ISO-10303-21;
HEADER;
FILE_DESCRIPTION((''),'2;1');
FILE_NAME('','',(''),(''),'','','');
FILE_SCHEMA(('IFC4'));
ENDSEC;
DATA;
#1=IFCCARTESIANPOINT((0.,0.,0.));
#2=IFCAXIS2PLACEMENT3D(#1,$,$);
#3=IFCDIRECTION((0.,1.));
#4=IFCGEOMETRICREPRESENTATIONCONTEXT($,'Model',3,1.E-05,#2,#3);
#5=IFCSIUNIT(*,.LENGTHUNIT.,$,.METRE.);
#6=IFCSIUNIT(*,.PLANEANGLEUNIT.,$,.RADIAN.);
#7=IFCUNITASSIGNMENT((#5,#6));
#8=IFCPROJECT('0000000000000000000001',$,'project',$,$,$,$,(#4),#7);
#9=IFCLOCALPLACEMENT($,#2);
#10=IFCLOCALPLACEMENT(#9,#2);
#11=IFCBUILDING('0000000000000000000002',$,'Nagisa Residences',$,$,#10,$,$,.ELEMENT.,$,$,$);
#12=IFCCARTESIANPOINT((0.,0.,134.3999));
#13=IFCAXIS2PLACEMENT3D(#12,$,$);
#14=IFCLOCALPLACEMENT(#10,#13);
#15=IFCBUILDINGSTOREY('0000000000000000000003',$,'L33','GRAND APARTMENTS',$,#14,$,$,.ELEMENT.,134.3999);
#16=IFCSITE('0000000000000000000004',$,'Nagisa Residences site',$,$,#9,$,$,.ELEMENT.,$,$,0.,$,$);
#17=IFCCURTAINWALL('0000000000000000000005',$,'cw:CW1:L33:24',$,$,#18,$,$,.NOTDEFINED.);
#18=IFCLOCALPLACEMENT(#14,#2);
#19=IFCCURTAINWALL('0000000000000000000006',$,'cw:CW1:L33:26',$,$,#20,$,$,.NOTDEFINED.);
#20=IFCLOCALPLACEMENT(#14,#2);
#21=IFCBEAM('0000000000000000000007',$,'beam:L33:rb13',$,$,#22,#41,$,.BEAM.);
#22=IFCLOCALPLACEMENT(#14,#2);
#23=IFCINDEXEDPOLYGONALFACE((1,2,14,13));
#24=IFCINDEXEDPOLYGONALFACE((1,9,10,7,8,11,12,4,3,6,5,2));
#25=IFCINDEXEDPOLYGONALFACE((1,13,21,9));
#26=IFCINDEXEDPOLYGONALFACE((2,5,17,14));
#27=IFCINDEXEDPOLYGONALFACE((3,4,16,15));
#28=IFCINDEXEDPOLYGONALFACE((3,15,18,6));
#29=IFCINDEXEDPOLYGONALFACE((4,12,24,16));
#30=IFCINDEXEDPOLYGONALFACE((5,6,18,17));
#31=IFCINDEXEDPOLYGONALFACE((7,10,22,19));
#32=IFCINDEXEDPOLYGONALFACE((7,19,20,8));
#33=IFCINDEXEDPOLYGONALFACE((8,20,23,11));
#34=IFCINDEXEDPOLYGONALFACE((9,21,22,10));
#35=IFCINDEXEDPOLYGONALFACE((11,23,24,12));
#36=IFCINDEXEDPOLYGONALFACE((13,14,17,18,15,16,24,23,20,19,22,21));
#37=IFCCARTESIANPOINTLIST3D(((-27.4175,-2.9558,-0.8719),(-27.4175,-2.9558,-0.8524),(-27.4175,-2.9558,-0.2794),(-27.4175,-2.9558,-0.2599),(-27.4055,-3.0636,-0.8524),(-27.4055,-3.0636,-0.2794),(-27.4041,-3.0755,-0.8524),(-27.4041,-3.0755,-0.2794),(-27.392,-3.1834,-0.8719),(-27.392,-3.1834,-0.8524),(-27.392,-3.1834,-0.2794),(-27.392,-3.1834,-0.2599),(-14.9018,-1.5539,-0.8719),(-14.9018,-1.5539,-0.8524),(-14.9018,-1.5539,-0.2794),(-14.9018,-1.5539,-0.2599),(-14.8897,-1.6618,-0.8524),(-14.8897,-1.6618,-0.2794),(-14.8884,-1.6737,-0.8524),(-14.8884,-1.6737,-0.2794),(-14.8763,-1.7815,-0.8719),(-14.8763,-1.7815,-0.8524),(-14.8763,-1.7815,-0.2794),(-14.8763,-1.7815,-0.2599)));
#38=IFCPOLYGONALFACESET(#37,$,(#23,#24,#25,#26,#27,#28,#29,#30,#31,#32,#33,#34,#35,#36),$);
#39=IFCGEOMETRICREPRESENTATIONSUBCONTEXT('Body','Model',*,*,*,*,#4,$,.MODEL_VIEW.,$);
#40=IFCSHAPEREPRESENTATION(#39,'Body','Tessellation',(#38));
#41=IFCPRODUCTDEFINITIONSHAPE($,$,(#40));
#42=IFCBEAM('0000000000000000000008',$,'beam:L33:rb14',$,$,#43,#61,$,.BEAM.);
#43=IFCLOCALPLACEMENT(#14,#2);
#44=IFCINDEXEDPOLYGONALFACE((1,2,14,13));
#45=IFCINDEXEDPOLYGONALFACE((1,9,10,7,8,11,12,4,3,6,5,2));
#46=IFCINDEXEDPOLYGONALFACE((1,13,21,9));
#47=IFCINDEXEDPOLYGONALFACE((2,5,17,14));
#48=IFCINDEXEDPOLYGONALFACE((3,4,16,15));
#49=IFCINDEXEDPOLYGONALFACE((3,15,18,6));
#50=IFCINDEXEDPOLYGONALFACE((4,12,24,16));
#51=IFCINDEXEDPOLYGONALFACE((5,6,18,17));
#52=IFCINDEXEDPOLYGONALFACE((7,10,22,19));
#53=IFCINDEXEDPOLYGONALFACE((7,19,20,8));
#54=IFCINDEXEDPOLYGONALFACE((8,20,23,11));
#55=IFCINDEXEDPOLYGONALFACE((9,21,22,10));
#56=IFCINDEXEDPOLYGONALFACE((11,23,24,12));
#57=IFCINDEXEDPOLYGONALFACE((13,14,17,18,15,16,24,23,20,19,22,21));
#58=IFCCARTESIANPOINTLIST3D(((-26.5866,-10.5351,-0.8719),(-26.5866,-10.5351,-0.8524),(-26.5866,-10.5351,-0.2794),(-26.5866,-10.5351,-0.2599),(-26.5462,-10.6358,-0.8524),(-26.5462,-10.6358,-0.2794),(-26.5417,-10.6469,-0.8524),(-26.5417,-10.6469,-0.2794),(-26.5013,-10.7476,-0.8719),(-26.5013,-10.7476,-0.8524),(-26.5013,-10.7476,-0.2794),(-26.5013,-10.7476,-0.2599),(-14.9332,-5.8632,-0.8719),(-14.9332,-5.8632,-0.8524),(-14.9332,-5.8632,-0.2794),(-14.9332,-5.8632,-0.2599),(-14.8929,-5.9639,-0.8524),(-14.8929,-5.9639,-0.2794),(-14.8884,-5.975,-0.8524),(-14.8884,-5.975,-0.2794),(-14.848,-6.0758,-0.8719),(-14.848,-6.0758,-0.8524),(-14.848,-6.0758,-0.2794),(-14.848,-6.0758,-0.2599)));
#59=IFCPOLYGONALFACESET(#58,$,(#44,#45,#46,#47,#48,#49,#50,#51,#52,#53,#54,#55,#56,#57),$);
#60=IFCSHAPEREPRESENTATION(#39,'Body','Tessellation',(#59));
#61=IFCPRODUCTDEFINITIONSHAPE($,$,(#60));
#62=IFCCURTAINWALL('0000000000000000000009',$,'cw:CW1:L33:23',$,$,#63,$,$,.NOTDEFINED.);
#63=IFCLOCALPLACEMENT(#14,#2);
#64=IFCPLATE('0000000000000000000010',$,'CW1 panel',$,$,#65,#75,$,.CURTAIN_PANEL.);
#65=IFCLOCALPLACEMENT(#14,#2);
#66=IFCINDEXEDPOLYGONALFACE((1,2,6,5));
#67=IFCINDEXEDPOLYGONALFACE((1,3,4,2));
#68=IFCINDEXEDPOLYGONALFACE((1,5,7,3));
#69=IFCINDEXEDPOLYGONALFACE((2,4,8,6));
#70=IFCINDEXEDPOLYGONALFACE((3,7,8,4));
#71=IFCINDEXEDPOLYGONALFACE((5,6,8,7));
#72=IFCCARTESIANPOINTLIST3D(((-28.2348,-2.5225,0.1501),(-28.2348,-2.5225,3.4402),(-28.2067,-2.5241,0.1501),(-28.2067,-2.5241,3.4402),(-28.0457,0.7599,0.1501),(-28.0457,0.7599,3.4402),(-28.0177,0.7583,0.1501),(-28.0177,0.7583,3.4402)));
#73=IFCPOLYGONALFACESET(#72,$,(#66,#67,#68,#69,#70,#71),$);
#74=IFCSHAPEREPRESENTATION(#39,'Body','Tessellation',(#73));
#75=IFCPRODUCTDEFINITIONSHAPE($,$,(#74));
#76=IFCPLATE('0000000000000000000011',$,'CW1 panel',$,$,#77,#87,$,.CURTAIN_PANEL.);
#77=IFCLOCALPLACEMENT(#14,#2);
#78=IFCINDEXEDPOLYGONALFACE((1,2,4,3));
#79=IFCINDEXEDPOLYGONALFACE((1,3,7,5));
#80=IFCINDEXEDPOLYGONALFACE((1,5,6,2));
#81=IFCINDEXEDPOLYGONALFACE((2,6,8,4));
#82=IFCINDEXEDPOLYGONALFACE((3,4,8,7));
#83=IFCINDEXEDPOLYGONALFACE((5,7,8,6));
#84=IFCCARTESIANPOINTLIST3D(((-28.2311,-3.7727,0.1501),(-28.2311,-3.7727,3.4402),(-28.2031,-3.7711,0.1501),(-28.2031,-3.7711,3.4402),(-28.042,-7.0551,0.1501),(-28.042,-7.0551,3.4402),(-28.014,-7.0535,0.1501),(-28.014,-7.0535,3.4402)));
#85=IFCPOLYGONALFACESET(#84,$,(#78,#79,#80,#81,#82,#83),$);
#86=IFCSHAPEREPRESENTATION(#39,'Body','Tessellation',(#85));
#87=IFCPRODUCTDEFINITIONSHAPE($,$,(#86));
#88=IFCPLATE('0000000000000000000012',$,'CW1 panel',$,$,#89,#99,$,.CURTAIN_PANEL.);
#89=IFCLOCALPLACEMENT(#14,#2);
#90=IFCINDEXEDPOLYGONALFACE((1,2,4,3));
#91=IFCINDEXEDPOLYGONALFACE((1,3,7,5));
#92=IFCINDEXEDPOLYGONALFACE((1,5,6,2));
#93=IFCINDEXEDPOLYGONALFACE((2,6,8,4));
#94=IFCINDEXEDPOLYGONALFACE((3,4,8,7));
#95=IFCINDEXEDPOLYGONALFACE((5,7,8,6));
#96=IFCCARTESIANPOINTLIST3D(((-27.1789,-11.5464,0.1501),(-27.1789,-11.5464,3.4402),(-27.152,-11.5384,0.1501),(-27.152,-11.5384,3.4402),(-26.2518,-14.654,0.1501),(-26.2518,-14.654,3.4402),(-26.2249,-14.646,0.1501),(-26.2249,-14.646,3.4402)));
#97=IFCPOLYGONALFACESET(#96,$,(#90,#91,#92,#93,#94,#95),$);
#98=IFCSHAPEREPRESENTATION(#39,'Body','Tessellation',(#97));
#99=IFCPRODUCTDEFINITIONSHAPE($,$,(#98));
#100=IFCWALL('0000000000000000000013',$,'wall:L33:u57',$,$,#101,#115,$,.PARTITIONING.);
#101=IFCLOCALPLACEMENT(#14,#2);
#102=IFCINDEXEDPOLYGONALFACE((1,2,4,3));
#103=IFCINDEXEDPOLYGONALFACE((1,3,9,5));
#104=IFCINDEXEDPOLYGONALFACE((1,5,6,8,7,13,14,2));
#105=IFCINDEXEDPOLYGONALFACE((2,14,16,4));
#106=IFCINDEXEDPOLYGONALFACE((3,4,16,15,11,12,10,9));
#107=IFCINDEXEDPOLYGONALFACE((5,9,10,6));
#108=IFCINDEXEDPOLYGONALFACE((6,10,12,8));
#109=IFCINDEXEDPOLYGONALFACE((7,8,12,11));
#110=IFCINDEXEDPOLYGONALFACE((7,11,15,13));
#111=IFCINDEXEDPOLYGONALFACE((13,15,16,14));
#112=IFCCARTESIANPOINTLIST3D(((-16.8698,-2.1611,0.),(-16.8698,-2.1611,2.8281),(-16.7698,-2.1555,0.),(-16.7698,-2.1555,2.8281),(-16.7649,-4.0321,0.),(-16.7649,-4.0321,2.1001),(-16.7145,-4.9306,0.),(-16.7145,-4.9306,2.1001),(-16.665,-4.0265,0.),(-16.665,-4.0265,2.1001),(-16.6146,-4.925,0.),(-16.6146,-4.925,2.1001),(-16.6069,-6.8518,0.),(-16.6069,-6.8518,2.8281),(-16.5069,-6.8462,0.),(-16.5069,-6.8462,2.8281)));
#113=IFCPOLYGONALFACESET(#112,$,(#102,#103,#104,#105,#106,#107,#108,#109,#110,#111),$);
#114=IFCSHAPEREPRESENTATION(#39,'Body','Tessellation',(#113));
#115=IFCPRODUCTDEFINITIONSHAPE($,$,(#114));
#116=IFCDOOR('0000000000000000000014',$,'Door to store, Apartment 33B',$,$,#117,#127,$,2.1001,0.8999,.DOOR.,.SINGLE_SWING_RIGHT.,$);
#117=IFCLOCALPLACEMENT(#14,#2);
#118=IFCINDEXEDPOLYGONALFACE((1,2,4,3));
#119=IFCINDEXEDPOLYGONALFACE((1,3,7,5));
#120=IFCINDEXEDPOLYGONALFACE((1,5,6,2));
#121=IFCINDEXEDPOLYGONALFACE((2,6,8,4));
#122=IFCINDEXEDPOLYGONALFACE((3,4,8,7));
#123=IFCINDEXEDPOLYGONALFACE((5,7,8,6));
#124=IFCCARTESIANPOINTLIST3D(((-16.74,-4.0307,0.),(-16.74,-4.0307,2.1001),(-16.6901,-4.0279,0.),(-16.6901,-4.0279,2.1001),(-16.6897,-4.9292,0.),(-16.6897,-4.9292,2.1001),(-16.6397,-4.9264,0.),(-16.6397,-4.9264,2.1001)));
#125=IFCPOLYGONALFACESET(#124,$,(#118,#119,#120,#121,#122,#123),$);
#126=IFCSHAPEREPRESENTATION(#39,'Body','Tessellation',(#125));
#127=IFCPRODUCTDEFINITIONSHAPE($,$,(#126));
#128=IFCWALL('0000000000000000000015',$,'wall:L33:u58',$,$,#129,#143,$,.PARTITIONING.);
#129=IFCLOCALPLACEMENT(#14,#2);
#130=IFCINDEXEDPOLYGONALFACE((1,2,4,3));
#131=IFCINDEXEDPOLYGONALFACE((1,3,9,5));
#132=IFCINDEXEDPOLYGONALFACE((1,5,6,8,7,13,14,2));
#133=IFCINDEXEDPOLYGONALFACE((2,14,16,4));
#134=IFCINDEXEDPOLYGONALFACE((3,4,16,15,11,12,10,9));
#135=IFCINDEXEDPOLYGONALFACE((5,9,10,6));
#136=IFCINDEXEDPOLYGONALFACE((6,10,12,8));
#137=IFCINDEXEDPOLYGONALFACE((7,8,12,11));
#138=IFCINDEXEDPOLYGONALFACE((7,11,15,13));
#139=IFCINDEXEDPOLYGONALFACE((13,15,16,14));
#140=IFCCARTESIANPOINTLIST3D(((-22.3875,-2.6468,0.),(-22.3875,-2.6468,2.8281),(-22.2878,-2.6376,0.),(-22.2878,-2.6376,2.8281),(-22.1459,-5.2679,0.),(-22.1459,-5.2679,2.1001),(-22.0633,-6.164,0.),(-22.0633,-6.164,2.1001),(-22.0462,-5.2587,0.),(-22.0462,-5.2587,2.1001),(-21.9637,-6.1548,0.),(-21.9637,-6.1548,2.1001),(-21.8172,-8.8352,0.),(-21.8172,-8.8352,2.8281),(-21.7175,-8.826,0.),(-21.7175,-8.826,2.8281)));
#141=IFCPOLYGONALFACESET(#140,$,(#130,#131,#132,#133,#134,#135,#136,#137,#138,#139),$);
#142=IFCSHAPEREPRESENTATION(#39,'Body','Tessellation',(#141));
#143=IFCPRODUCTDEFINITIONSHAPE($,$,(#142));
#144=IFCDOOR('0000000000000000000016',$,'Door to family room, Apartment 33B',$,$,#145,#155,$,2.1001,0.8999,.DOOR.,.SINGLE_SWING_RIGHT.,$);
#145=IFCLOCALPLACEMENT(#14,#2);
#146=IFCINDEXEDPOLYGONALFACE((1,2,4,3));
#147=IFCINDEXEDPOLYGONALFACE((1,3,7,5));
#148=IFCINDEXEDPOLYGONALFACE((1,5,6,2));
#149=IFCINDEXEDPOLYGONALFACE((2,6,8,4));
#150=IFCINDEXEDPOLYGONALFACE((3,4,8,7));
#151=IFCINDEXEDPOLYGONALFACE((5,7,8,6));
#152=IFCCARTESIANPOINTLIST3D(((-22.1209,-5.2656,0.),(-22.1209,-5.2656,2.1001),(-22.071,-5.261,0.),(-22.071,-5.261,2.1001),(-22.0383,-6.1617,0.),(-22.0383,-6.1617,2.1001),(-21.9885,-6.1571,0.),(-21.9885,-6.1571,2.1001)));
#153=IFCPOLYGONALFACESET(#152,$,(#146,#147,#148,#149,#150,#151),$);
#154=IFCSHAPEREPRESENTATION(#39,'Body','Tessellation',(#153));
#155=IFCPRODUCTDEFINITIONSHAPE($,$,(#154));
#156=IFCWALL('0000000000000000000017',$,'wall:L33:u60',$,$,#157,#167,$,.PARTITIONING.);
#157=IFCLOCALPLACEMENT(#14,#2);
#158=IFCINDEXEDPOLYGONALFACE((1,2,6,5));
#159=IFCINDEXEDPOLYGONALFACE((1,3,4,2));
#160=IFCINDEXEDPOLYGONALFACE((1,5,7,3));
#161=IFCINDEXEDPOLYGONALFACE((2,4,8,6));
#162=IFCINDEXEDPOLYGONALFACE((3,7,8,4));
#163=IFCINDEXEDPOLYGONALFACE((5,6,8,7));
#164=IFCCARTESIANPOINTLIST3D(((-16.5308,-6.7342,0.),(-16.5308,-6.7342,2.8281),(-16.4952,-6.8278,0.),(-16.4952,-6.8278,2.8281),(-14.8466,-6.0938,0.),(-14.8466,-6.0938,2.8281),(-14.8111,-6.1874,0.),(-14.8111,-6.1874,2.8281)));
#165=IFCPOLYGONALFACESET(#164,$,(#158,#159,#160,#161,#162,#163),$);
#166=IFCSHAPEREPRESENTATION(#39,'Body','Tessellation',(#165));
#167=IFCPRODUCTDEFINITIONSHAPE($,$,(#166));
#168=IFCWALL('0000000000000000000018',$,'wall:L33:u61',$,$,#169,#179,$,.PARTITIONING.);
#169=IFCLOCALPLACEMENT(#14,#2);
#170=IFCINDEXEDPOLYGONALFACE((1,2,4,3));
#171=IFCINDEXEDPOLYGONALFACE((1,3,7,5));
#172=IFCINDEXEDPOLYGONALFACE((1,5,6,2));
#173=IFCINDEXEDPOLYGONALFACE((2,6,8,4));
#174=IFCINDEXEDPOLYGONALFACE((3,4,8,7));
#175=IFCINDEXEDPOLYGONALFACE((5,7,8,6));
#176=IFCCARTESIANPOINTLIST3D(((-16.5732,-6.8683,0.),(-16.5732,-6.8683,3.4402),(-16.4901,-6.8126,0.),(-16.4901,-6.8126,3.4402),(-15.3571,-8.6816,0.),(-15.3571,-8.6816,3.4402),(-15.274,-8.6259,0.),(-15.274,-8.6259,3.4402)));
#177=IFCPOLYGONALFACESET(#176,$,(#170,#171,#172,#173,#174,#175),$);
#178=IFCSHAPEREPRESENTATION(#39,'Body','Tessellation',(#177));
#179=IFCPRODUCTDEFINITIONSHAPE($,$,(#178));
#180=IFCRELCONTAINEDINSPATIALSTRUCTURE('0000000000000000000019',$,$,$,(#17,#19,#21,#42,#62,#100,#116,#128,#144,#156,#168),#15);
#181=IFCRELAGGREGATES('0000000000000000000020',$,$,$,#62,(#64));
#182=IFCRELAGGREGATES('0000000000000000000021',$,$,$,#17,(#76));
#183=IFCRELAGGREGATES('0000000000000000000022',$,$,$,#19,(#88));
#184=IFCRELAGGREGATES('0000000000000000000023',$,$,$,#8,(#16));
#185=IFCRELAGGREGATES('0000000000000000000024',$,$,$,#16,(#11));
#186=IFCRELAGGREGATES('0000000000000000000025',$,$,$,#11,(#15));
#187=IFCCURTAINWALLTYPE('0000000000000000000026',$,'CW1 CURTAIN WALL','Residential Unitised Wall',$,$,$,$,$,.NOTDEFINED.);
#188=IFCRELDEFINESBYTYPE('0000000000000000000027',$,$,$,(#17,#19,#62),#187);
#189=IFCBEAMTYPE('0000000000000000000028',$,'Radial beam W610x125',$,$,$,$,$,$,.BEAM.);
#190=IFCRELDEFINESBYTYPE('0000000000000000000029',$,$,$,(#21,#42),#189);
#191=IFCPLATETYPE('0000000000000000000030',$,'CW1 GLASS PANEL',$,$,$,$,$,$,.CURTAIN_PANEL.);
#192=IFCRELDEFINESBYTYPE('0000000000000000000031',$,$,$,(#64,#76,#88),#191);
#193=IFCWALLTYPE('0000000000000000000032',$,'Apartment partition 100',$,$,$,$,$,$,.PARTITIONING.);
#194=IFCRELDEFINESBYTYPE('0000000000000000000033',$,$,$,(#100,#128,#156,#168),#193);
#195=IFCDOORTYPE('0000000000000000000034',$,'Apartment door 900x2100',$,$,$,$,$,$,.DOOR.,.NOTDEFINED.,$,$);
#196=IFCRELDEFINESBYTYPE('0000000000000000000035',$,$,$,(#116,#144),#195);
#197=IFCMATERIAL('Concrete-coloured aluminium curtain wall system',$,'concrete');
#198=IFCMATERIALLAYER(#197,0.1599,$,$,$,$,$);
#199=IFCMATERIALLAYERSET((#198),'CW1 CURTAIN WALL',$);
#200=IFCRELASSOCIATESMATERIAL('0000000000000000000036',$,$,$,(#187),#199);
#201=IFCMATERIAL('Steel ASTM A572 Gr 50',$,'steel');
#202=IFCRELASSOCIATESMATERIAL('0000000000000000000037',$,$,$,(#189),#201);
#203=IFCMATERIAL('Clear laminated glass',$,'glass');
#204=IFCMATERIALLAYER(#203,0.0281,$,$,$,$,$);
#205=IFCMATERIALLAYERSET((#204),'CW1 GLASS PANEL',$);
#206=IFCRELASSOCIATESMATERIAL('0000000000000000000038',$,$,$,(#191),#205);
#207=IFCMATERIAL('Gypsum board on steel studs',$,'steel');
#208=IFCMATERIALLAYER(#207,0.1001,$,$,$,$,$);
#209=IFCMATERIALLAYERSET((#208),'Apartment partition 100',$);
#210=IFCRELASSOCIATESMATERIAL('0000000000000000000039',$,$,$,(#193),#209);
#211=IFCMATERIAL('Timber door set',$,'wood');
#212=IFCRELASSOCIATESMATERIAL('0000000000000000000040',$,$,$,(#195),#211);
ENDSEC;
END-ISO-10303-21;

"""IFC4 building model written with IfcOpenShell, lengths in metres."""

from ifc_helpers import new_model, si_unit, direction, frame, frame_2d, origin, origin_2d, place, context, subcontext, project, spatial, rectangle, i_section, extrude, material, layer, layer_set, material_profile, profile_set, type_object, element, fill, aggregate, save


model = new_model("IFC4")

# Units and contexts
model_context = context("Model", 3, precision=1e-05, world=origin(), true_north=direction((0.0, 1.0)))
body_context = subcontext(model_context, "Body", "Model", "MODEL_VIEW")
ifc_project = project(units=[si_unit("LENGTHUNIT", "METRE"), si_unit("PLANEANGLEUNIT", "RADIAN")], contexts=[model_context])

# Site, building, storey
site_placement = place(None, origin())
site = spatial("IfcSite", under=ifc_project, at=site_placement, Name="Nagisa Residences site", CompositionType="ELEMENT", RefElevation=0.0)
building_placement = place(site_placement, origin())
building = spatial("IfcBuilding", under=site, at=building_placement, Name="Nagisa Residences", CompositionType="ELEMENT")
storey_placement = place(building_placement, frame((0.0, 0.0, 134.3999)))
storey = spatial("IfcBuildingStorey", under=building, at=storey_placement, Name="L33", Description="GRAND APARTMENTS", CompositionType="ELEMENT", Elevation=134.3999)

# Curtain walls
ifc_material_1 = material(Name="Concrete-coloured aluminium curtain wall system", Category="concrete")
ifc_layer_1 = layer(ifc_material_1, 0.1599)
ifc_layer_set_1 = layer_set([ifc_layer_1], Name="CW1 CURTAIN WALL")
curtain_wall_type = type_object("IfcCurtainWallType", Name="CW1 CURTAIN WALL", Description="Residential Unitised Wall", PredefinedType="NOTDEFINED", material=ifc_layer_set_1)
curtain_wall_1_placement = place(storey_placement, origin())
curtain_wall_1 = element("IfcCurtainWall", 1, at=curtain_wall_1_placement, inside=storey, type_object=curtain_wall_type, Name="cw:CW1:L33:24", PredefinedType="NOTDEFINED")
curtain_wall_2_placement = place(storey_placement, origin())
curtain_wall_2 = element("IfcCurtainWall", 2, at=curtain_wall_2_placement, inside=storey, type_object=curtain_wall_type, Name="cw:CW1:L33:26", PredefinedType="NOTDEFINED")

# Beams
ifc_material_2 = material(Name="Steel ASTM A572 Gr 50", Category="steel")
ifc_material_profile_1 = material_profile(ifc_material_2, i_section(OverallWidth=0.229, OverallDepth=0.6121, WebThickness=0.012, FlangeThickness=0.0195, at=origin_2d()), Name="W610x125")
ifc_profile_set_1 = profile_set([ifc_material_profile_1], Name="Steel ASTM A572 Gr 50")
beam_type_1 = type_object("IfcBeamType", Name="Radial beam W610x125", PredefinedType="BEAM", material=ifc_profile_set_1)
beam_1_placement = place(storey_placement, frame((-27.4048, -3.0696, -0.5659), z_axis=(0.993785, 0.111312, 0.0), x_axis=(-0.111312, 0.993785, 0.0)))
element("IfcBeam", 3, at=beam_1_placement, inside=storey, type_object=beam_type_1, Name="beam:L33:rb13", PredefinedType="BEAM", context=body_context, shape_type="SweptSolid", body=[
    extrude(i_section(OverallWidth=0.229, OverallDepth=0.6121, WebThickness=0.012, FlangeThickness=0.0195, at=origin_2d()), origin(), (0.0, 0.0, 1.0), 12.594),
])
beam_2_placement = place(storey_placement, frame((-26.5439, -10.6414, -0.5659), z_axis=(0.928187, 0.372115, 0.0), x_axis=(-0.372115, 0.928187, 0.0)))
element("IfcBeam", 4, at=beam_2_placement, inside=storey, type_object=beam_type_1, Name="beam:L33:rb14", PredefinedType="BEAM", context=body_context, shape_type="SweptSolid", body=[
    extrude(i_section(OverallWidth=0.229, OverallDepth=0.6121, WebThickness=0.012, FlangeThickness=0.0195, at=origin_2d()), origin(), (0.0, 0.0, 1.0), 12.5549),
])

# Curtain wall, plate
curtain_wall_3_placement = place(storey_placement, origin())
curtain_wall_3 = element("IfcCurtainWall", 5, at=curtain_wall_3_placement, inside=storey, type_object=curtain_wall_type, Name="cw:CW1:L33:23", PredefinedType="NOTDEFINED")
ifc_material_3 = material(Name="Clear laminated glass", Category="glass")
ifc_layer_2 = layer(ifc_material_3, 0.0281)
ifc_layer_set_2 = layer_set([ifc_layer_2], Name="CW1 GLASS PANEL")
plate_type = type_object("IfcPlateType", Name="CW1 GLASS PANEL", PredefinedType="CURTAIN_PANEL", material=ifc_layer_set_2)
plate_1_placement = place(storey_placement, frame((-28.1262, -0.8821, 0.1501), z_axis=(0.0, 0.0, 1.0), x_axis=(-0.057503, -0.998345, 0.0)))
plate_1 = element("IfcPlate", 6, at=plate_1_placement, type_object=plate_type, Name="CW1 panel", PredefinedType="CURTAIN_PANEL", context=body_context, shape_type="SweptSolid", body=[
    extrude(rectangle(XDim=3.2878, YDim=0.0281, at=origin_2d()), origin(), (0.0, 0.0, 1.0), 3.29),
])
aggregate(curtain_wall_3, [plate_1])

# Plates
plate_2_placement = place(storey_placement, frame((-28.1226, -5.4131, 0.1501), z_axis=(0.0, 0.0, 1.0), x_axis=(0.057503, -0.998345, 0.0)))
plate_2 = element("IfcPlate", 7, at=plate_2_placement, type_object=plate_type, Name="CW1 panel", PredefinedType="CURTAIN_PANEL", context=body_context, shape_type="SweptSolid", body=[
    extrude(rectangle(XDim=3.2878, YDim=0.0281, at=origin_2d()), origin(), (0.0, 0.0, 1.0), 3.29),
])
aggregate(curtain_wall_1, [plate_2])
plate_3_placement = place(storey_placement, frame((-26.7019, -13.0962, 0.1501), z_axis=(0.0, 0.0, 1.0), x_axis=(0.28586, -0.958271, 0.0)))
plate_3 = element("IfcPlate", 8, at=plate_3_placement, type_object=plate_type, Name="CW1 panel", PredefinedType="CURTAIN_PANEL", context=body_context, shape_type="SweptSolid", body=[
    extrude(rectangle(XDim=3.2429, YDim=0.0281, at=origin_2d()), origin(), (0.0, 0.0, 1.0), 3.29),
])
aggregate(curtain_wall_2, [plate_3])

# Walls, openings, doors
ifc_material_4 = material(Name="Gypsum board on steel studs", Category="steel")
ifc_layer_3 = layer(ifc_material_4, 0.1001)
ifc_layer_set_3 = layer_set([ifc_layer_3], Name="Apartment partition 100")
wall_type_1 = type_object("IfcWallType", Name="Apartment partition 100", PredefinedType="PARTITIONING", material=ifc_layer_set_3)
wall_1_placement = place(storey_placement, frame((-16.8198, -2.1582, 0.0), z_axis=(0.0, 0.0, 1.0), x_axis=(0.055968, -0.998433, 0.0)))
wall_1 = element("IfcWall", 9, at=wall_1_placement, inside=storey, type_object=wall_type_1, Name="wall:L33:u57", PredefinedType="PARTITIONING", context=body_context, shape_type="SweptSolid", body=[
    extrude(rectangle(XDim=4.698, YDim=0.1001, at=frame_2d((2.3491, 0.0))), origin(), (0.0, 0.0, 1.0), 2.8281),
])
opening_1_placement = place(wall_1_placement, frame((1.874, 0.0, 0.0)))
opening_1 = element("IfcOpeningElement", 10, at=opening_1_placement, cuts=wall_1, PredefinedType="OPENING", context=body_context, shape_type="SweptSolid", body=[
    extrude(rectangle(XDim=0.8999, YDim=2.1001, at=frame_2d((0.45, 1.05))), frame((0.0, 0.0601, 0.0), z_axis=(0.0, -1.0, 0.0), x_axis=(1.0, 0.0, 0.0)), (0.0, 0.0, 1.0), 0.1201),
])
ifc_material_5 = material(Name="Timber door set", Category="wood")
door_type_1 = type_object("IfcDoorType", Name="Apartment door 900x2100", OperationType="NOTDEFINED", PredefinedType="DOOR", material=ifc_material_5)
door_1_placement = place(opening_1_placement, origin())
door_1 = element("IfcDoor", 11, at=door_1_placement, inside=storey, type_object=door_type_1, Name="Door to store, Apartment 33B", OperationType="SINGLE_SWING_RIGHT", OverallHeight=2.1001, OverallWidth=0.8999, PredefinedType="DOOR", context=body_context, shape_type="SweptSolid", body=[
    extrude(rectangle(XDim=0.8999, YDim=2.1001, at=frame_2d((0.45, 1.05))), frame((0.0, 0.0249, 0.0), z_axis=(0.0, -1.0, 0.0), x_axis=(1.0, 0.0, 0.0)), (0.0, 0.0, 1.0), 0.05),
])
fill(opening_1, door_1)
wall_2_placement = place(storey_placement, frame((-22.3376, -2.6421, 0.0), z_axis=(0.0, 0.0, 1.0), x_axis=(0.091768, -0.99578, 0.0)))
wall_2 = element("IfcWall", 12, at=wall_2_placement, inside=storey, type_object=wall_type_1, Name="wall:L33:u58", PredefinedType="PARTITIONING", context=body_context, shape_type="SweptSolid", body=[
    extrude(rectangle(XDim=6.2146, YDim=0.1001, at=frame_2d((3.1074, 0.0))), origin(), (0.0, 0.0, 1.0), 2.8281),
])
opening_2_placement = place(wall_2_placement, frame((2.6323, 0.0, 0.0)))
opening_2 = element("IfcOpeningElement", 13, at=opening_2_placement, cuts=wall_2, PredefinedType="OPENING", context=body_context, shape_type="SweptSolid", body=[
    extrude(rectangle(XDim=0.8999, YDim=2.1001, at=frame_2d((0.45, 1.05))), frame((0.0, 0.0601, 0.0), z_axis=(0.0, -1.0, 0.0), x_axis=(1.0, 0.0, 0.0)), (0.0, 0.0, 1.0), 0.1201),
])
door_2_placement = place(opening_2_placement, frame((0.8999, 0.0, 0.0), x_axis=(-1.0, 0.0, 0.0)))
door_2 = element("IfcDoor", 14, at=door_2_placement, inside=storey, type_object=door_type_1, Name="Door to family room, Apartment 33B", OperationType="SINGLE_SWING_RIGHT", OverallHeight=2.1001, OverallWidth=0.8999, PredefinedType="DOOR", context=body_context, shape_type="SweptSolid", body=[
    extrude(rectangle(XDim=0.8999, YDim=2.1001, at=frame_2d((0.45, 1.05))), frame((0.0, 0.0249, 0.0), z_axis=(0.0, -1.0, 0.0), x_axis=(1.0, 0.0, 0.0)), (0.0, 0.0, 1.0), 0.05),
])
fill(opening_2, door_2)

# Walls
wall_3_placement = place(storey_placement, frame((-14.8289, -6.1406, 0.0), z_axis=(0.0, 0.0, 1.0), x_axis=(-0.934704, -0.355426, 0.0)))
element("IfcWall", 15, at=wall_3_placement, inside=storey, type_object=wall_type_1, Name="wall:L33:u60", PredefinedType="PARTITIONING", context=body_context, shape_type="SweptSolid", body=[
    extrude(rectangle(XDim=1.8018, YDim=0.1001, at=frame_2d((0.9009, 0.0))), origin(), (0.0, 0.0, 1.0), 2.8281),
])
wall_4_placement = place(storey_placement, frame((-16.5317, -6.8403, 0.0), z_axis=(0.0, 0.0, 1.0), x_axis=(0.556995, -0.830516, 0.0)))
element("IfcWall", 16, at=wall_4_placement, inside=storey, type_object=wall_type_1, Name="wall:L33:u61", PredefinedType="PARTITIONING", context=body_context, shape_type="SweptSolid", body=[
    extrude(rectangle(XDim=2.1833, YDim=0.1001, at=frame_2d((1.0918, 0.0))), origin(), (0.0, 0.0, 1.0), 3.4402),
])

save(model, "model.ifc")
